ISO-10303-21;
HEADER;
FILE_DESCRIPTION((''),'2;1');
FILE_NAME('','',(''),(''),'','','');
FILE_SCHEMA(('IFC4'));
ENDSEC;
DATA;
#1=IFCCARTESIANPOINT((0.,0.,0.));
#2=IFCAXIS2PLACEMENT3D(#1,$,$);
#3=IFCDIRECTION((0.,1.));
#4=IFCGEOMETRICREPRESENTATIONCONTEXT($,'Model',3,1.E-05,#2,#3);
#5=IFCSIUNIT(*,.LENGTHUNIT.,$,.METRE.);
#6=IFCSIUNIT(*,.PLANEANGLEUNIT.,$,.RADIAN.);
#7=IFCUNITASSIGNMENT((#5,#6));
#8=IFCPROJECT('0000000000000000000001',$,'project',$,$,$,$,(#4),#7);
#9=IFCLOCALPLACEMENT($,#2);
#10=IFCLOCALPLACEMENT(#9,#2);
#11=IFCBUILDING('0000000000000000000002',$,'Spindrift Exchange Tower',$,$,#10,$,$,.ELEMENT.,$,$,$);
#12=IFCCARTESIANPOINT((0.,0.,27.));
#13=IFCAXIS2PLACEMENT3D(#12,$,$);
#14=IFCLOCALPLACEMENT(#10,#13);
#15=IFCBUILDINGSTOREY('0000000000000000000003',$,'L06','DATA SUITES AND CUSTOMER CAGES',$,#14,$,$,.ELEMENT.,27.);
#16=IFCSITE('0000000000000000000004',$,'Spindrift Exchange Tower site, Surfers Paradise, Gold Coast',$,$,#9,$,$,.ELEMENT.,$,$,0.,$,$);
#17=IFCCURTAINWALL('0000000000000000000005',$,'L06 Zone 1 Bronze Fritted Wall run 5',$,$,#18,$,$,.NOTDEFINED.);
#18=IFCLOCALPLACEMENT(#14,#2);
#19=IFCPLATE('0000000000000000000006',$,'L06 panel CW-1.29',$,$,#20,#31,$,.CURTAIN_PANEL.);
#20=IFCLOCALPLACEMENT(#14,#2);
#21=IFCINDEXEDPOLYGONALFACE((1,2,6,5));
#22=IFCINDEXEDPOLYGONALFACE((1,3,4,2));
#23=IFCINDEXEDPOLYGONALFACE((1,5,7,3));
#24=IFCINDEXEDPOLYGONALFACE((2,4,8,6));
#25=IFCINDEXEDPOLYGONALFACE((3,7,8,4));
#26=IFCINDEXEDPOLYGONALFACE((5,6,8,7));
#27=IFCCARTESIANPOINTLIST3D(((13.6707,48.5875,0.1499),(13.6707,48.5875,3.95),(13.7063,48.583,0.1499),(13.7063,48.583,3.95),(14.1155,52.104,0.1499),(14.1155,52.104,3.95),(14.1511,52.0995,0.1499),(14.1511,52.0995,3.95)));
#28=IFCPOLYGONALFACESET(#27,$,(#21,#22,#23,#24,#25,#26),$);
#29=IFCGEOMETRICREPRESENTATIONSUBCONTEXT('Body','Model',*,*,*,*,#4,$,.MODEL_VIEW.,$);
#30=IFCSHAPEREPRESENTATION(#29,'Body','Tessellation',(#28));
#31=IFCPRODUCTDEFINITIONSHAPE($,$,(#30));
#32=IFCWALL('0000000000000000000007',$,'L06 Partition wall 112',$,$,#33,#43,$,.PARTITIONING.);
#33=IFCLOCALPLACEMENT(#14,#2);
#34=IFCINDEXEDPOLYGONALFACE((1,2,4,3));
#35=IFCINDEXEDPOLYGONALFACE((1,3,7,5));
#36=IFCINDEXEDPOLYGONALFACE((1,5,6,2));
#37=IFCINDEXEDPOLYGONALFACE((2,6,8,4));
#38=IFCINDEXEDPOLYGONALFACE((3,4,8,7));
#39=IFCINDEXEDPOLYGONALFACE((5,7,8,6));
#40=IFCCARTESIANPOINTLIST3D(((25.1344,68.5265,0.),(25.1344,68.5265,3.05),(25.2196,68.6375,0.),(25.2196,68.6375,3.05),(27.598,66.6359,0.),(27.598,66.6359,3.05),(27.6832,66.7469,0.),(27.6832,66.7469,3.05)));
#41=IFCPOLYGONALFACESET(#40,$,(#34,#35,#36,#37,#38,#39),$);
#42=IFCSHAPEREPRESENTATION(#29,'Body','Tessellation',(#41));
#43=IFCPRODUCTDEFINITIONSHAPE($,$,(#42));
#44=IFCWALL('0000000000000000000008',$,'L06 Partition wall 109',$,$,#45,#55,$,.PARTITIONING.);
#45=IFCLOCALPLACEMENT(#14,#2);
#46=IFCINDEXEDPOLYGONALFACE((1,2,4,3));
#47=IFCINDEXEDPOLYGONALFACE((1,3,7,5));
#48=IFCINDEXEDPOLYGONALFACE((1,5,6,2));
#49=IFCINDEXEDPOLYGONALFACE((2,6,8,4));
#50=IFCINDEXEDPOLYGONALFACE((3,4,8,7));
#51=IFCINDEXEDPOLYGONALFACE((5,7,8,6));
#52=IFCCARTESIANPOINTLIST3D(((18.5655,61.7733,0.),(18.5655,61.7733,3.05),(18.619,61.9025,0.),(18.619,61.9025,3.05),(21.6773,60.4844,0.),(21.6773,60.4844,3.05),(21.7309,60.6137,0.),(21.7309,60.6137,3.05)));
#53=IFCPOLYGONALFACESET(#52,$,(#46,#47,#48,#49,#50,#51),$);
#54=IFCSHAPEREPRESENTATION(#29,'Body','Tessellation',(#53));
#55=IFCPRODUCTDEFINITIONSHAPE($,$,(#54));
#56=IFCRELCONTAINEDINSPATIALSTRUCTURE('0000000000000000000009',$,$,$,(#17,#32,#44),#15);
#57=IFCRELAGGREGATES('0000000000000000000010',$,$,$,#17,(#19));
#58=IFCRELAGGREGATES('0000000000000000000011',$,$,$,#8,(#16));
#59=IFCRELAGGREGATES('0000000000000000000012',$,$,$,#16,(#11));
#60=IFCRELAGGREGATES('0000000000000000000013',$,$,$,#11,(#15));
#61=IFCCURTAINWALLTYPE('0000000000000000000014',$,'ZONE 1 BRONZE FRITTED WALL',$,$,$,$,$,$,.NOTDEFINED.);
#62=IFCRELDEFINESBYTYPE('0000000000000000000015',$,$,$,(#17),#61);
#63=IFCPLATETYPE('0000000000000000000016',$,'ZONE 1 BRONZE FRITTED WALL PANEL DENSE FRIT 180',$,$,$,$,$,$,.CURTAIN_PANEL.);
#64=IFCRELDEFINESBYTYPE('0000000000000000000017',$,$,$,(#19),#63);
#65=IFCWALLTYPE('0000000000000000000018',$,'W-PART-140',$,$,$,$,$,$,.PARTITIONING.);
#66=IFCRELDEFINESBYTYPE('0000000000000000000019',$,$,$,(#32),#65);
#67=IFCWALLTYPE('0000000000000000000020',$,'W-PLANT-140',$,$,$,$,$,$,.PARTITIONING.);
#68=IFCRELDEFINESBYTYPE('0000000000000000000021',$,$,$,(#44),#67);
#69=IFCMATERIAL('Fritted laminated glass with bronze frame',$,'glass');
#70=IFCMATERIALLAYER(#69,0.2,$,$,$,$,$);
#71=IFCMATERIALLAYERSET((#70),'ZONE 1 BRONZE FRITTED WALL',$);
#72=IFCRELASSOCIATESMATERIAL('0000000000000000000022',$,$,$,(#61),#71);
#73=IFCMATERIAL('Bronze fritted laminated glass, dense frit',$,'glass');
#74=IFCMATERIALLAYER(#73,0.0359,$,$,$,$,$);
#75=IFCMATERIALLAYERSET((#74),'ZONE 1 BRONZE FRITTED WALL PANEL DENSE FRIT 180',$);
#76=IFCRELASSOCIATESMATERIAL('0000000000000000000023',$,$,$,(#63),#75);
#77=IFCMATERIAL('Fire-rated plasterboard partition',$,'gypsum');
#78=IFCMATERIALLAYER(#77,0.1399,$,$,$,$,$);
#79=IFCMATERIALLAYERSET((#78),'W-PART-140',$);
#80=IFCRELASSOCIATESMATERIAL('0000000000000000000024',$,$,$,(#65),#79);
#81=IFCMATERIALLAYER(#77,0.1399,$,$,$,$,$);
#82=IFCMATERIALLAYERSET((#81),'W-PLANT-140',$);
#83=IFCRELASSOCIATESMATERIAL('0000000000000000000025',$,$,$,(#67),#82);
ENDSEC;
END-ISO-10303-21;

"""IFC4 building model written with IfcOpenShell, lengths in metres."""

from ifc_helpers import new_model, si_unit, direction, frame, frame_2d, origin, origin_2d, place, context, subcontext, project, spatial, rectangle, extrude, source, transform, mapped, material, layer, layer_set, type_object, element, aggregate, save


model = new_model("IFC4")

# Units and contexts
model_context = context("Model", 3, precision=1e-05, world=origin(), true_north=direction((0.0, 1.0)))
body_context = subcontext(model_context, "Body", "Model", "MODEL_VIEW")
ifc_project = project(units=[si_unit("LENGTHUNIT", "METRE"), si_unit("PLANEANGLEUNIT", "RADIAN")], contexts=[model_context])

# Site, building, storey
site_placement = place(None, origin())
site = spatial("IfcSite", under=ifc_project, at=site_placement, Name="Spindrift Exchange Tower site, Surfers Paradise, Gold Coast", CompositionType="ELEMENT", RefElevation=0.0)
building_placement = place(site_placement, origin())
building = spatial("IfcBuilding", under=site, at=building_placement, Name="Spindrift Exchange Tower", CompositionType="ELEMENT")
storey_placement = place(building_placement, frame((0.0, 0.0, 27.0)))
storey = spatial("IfcBuildingStorey", under=building, at=storey_placement, Name="L06", Description="DATA SUITES AND CUSTOMER CAGES", CompositionType="ELEMENT", Elevation=27.0)

# Curtain wall
ifc_material_1 = material(Name="Fritted laminated glass with bronze frame", Category="glass")
ifc_layer_1 = layer(ifc_material_1, 0.2)
ifc_layer_set_1 = layer_set([ifc_layer_1], Name="ZONE 1 BRONZE FRITTED WALL")
curtain_wall_type = type_object("IfcCurtainWallType", Name="ZONE 1 BRONZE FRITTED WALL", PredefinedType="NOTDEFINED", material=ifc_layer_set_1)
curtain_wall_1_placement = place(storey_placement, origin())
curtain_wall_1 = element("IfcCurtainWall", 1, at=curtain_wall_1_placement, inside=storey, type_object=curtain_wall_type, Name="L06 Zone 1 Bronze Fritted Wall run 5", PredefinedType="NOTDEFINED")

# Plate
ifc_material_2 = material(Name="Bronze fritted laminated glass, dense frit", Category="glass")
ifc_layer_2 = layer(ifc_material_2, 0.0359)
ifc_layer_set_2 = layer_set([ifc_layer_2], Name="ZONE 1 BRONZE FRITTED WALL PANEL DENSE FRIT 180")
plate_type_1 = type_object("IfcPlateType", Name="ZONE 1 BRONZE FRITTED WALL PANEL DENSE FRIT 180", PredefinedType="CURTAIN_PANEL", material=ifc_layer_set_2)
shared_shape_1 = source(origin(), body_context, "Body", "SweptSolid", [
    extrude(rectangle(XDim=3.5444, YDim=0.0359, at=origin_2d()), origin(), (0.0, 0.0, 1.0), 3.8),
])
plate_1_placement = place(storey_placement, frame((13.9109, 50.3435, 0.1499), z_axis=(0.0, 0.0, 1.0), x_axis=(-0.12548, -0.992096, 0.0)))
plate_1 = element("IfcPlate", 2, at=plate_1_placement, type_object=plate_type_1, Name="L06 panel CW-1.29", PredefinedType="CURTAIN_PANEL", context=body_context, shape_type="MappedRepresentation", body=[
    mapped(shared_shape_1, transform((0.0, 0.0, 0.0), scale=1.0)),
])
aggregate(curtain_wall_1, [plate_1])

# Walls
ifc_material_3 = material(Name="Fire-rated plasterboard partition", Category="gypsum")
ifc_layer_3 = layer(ifc_material_3, 0.1399)
ifc_layer_set_3 = layer_set([ifc_layer_3], Name="W-PART-140")
wall_type_1 = type_object("IfcWallType", Name="W-PART-140", PredefinedType="PARTITIONING", material=ifc_layer_set_3)
wall_1_placement = place(storey_placement, frame((27.6406, 66.6914, 0.0), z_axis=(0.0, 0.0, 1.0), x_axis=(-0.793319, 0.608806, 0.0)))
element("IfcWall", 3, at=wall_1_placement, inside=storey, type_object=wall_type_1, Name="L06 Partition wall 112", PredefinedType="PARTITIONING", context=body_context, shape_type="SweptSolid", body=[
    extrude(rectangle(XDim=3.1055, YDim=0.1399, at=frame_2d((1.5527, 0.0))), origin(), (0.0, 0.0, 1.0), 3.05),
])
ifc_layer_4 = layer(ifc_material_3, 0.1399)
ifc_layer_set_4 = layer_set([ifc_layer_4], Name="W-PLANT-140")
wall_type_2 = type_object("IfcWallType", Name="W-PLANT-140", PredefinedType="PARTITIONING", material=ifc_layer_set_4)
wall_2_placement = place(storey_placement, frame((21.7041, 60.5491, 0.0), z_axis=(0.0, 0.0, 1.0), x_axis=(-0.923894, 0.382648, 0.0)))
element("IfcWall", 4, at=wall_2_placement, inside=storey, type_object=wall_type_2, Name="L06 Partition wall 109", PredefinedType="PARTITIONING", context=body_context, shape_type="SweptSolid", body=[
    extrude(rectangle(XDim=3.3682, YDim=0.1399, at=frame_2d((1.6841, 0.0))), origin(), (0.0, 0.0, 1.0), 3.05),
])

save(model, "model.ifc")
